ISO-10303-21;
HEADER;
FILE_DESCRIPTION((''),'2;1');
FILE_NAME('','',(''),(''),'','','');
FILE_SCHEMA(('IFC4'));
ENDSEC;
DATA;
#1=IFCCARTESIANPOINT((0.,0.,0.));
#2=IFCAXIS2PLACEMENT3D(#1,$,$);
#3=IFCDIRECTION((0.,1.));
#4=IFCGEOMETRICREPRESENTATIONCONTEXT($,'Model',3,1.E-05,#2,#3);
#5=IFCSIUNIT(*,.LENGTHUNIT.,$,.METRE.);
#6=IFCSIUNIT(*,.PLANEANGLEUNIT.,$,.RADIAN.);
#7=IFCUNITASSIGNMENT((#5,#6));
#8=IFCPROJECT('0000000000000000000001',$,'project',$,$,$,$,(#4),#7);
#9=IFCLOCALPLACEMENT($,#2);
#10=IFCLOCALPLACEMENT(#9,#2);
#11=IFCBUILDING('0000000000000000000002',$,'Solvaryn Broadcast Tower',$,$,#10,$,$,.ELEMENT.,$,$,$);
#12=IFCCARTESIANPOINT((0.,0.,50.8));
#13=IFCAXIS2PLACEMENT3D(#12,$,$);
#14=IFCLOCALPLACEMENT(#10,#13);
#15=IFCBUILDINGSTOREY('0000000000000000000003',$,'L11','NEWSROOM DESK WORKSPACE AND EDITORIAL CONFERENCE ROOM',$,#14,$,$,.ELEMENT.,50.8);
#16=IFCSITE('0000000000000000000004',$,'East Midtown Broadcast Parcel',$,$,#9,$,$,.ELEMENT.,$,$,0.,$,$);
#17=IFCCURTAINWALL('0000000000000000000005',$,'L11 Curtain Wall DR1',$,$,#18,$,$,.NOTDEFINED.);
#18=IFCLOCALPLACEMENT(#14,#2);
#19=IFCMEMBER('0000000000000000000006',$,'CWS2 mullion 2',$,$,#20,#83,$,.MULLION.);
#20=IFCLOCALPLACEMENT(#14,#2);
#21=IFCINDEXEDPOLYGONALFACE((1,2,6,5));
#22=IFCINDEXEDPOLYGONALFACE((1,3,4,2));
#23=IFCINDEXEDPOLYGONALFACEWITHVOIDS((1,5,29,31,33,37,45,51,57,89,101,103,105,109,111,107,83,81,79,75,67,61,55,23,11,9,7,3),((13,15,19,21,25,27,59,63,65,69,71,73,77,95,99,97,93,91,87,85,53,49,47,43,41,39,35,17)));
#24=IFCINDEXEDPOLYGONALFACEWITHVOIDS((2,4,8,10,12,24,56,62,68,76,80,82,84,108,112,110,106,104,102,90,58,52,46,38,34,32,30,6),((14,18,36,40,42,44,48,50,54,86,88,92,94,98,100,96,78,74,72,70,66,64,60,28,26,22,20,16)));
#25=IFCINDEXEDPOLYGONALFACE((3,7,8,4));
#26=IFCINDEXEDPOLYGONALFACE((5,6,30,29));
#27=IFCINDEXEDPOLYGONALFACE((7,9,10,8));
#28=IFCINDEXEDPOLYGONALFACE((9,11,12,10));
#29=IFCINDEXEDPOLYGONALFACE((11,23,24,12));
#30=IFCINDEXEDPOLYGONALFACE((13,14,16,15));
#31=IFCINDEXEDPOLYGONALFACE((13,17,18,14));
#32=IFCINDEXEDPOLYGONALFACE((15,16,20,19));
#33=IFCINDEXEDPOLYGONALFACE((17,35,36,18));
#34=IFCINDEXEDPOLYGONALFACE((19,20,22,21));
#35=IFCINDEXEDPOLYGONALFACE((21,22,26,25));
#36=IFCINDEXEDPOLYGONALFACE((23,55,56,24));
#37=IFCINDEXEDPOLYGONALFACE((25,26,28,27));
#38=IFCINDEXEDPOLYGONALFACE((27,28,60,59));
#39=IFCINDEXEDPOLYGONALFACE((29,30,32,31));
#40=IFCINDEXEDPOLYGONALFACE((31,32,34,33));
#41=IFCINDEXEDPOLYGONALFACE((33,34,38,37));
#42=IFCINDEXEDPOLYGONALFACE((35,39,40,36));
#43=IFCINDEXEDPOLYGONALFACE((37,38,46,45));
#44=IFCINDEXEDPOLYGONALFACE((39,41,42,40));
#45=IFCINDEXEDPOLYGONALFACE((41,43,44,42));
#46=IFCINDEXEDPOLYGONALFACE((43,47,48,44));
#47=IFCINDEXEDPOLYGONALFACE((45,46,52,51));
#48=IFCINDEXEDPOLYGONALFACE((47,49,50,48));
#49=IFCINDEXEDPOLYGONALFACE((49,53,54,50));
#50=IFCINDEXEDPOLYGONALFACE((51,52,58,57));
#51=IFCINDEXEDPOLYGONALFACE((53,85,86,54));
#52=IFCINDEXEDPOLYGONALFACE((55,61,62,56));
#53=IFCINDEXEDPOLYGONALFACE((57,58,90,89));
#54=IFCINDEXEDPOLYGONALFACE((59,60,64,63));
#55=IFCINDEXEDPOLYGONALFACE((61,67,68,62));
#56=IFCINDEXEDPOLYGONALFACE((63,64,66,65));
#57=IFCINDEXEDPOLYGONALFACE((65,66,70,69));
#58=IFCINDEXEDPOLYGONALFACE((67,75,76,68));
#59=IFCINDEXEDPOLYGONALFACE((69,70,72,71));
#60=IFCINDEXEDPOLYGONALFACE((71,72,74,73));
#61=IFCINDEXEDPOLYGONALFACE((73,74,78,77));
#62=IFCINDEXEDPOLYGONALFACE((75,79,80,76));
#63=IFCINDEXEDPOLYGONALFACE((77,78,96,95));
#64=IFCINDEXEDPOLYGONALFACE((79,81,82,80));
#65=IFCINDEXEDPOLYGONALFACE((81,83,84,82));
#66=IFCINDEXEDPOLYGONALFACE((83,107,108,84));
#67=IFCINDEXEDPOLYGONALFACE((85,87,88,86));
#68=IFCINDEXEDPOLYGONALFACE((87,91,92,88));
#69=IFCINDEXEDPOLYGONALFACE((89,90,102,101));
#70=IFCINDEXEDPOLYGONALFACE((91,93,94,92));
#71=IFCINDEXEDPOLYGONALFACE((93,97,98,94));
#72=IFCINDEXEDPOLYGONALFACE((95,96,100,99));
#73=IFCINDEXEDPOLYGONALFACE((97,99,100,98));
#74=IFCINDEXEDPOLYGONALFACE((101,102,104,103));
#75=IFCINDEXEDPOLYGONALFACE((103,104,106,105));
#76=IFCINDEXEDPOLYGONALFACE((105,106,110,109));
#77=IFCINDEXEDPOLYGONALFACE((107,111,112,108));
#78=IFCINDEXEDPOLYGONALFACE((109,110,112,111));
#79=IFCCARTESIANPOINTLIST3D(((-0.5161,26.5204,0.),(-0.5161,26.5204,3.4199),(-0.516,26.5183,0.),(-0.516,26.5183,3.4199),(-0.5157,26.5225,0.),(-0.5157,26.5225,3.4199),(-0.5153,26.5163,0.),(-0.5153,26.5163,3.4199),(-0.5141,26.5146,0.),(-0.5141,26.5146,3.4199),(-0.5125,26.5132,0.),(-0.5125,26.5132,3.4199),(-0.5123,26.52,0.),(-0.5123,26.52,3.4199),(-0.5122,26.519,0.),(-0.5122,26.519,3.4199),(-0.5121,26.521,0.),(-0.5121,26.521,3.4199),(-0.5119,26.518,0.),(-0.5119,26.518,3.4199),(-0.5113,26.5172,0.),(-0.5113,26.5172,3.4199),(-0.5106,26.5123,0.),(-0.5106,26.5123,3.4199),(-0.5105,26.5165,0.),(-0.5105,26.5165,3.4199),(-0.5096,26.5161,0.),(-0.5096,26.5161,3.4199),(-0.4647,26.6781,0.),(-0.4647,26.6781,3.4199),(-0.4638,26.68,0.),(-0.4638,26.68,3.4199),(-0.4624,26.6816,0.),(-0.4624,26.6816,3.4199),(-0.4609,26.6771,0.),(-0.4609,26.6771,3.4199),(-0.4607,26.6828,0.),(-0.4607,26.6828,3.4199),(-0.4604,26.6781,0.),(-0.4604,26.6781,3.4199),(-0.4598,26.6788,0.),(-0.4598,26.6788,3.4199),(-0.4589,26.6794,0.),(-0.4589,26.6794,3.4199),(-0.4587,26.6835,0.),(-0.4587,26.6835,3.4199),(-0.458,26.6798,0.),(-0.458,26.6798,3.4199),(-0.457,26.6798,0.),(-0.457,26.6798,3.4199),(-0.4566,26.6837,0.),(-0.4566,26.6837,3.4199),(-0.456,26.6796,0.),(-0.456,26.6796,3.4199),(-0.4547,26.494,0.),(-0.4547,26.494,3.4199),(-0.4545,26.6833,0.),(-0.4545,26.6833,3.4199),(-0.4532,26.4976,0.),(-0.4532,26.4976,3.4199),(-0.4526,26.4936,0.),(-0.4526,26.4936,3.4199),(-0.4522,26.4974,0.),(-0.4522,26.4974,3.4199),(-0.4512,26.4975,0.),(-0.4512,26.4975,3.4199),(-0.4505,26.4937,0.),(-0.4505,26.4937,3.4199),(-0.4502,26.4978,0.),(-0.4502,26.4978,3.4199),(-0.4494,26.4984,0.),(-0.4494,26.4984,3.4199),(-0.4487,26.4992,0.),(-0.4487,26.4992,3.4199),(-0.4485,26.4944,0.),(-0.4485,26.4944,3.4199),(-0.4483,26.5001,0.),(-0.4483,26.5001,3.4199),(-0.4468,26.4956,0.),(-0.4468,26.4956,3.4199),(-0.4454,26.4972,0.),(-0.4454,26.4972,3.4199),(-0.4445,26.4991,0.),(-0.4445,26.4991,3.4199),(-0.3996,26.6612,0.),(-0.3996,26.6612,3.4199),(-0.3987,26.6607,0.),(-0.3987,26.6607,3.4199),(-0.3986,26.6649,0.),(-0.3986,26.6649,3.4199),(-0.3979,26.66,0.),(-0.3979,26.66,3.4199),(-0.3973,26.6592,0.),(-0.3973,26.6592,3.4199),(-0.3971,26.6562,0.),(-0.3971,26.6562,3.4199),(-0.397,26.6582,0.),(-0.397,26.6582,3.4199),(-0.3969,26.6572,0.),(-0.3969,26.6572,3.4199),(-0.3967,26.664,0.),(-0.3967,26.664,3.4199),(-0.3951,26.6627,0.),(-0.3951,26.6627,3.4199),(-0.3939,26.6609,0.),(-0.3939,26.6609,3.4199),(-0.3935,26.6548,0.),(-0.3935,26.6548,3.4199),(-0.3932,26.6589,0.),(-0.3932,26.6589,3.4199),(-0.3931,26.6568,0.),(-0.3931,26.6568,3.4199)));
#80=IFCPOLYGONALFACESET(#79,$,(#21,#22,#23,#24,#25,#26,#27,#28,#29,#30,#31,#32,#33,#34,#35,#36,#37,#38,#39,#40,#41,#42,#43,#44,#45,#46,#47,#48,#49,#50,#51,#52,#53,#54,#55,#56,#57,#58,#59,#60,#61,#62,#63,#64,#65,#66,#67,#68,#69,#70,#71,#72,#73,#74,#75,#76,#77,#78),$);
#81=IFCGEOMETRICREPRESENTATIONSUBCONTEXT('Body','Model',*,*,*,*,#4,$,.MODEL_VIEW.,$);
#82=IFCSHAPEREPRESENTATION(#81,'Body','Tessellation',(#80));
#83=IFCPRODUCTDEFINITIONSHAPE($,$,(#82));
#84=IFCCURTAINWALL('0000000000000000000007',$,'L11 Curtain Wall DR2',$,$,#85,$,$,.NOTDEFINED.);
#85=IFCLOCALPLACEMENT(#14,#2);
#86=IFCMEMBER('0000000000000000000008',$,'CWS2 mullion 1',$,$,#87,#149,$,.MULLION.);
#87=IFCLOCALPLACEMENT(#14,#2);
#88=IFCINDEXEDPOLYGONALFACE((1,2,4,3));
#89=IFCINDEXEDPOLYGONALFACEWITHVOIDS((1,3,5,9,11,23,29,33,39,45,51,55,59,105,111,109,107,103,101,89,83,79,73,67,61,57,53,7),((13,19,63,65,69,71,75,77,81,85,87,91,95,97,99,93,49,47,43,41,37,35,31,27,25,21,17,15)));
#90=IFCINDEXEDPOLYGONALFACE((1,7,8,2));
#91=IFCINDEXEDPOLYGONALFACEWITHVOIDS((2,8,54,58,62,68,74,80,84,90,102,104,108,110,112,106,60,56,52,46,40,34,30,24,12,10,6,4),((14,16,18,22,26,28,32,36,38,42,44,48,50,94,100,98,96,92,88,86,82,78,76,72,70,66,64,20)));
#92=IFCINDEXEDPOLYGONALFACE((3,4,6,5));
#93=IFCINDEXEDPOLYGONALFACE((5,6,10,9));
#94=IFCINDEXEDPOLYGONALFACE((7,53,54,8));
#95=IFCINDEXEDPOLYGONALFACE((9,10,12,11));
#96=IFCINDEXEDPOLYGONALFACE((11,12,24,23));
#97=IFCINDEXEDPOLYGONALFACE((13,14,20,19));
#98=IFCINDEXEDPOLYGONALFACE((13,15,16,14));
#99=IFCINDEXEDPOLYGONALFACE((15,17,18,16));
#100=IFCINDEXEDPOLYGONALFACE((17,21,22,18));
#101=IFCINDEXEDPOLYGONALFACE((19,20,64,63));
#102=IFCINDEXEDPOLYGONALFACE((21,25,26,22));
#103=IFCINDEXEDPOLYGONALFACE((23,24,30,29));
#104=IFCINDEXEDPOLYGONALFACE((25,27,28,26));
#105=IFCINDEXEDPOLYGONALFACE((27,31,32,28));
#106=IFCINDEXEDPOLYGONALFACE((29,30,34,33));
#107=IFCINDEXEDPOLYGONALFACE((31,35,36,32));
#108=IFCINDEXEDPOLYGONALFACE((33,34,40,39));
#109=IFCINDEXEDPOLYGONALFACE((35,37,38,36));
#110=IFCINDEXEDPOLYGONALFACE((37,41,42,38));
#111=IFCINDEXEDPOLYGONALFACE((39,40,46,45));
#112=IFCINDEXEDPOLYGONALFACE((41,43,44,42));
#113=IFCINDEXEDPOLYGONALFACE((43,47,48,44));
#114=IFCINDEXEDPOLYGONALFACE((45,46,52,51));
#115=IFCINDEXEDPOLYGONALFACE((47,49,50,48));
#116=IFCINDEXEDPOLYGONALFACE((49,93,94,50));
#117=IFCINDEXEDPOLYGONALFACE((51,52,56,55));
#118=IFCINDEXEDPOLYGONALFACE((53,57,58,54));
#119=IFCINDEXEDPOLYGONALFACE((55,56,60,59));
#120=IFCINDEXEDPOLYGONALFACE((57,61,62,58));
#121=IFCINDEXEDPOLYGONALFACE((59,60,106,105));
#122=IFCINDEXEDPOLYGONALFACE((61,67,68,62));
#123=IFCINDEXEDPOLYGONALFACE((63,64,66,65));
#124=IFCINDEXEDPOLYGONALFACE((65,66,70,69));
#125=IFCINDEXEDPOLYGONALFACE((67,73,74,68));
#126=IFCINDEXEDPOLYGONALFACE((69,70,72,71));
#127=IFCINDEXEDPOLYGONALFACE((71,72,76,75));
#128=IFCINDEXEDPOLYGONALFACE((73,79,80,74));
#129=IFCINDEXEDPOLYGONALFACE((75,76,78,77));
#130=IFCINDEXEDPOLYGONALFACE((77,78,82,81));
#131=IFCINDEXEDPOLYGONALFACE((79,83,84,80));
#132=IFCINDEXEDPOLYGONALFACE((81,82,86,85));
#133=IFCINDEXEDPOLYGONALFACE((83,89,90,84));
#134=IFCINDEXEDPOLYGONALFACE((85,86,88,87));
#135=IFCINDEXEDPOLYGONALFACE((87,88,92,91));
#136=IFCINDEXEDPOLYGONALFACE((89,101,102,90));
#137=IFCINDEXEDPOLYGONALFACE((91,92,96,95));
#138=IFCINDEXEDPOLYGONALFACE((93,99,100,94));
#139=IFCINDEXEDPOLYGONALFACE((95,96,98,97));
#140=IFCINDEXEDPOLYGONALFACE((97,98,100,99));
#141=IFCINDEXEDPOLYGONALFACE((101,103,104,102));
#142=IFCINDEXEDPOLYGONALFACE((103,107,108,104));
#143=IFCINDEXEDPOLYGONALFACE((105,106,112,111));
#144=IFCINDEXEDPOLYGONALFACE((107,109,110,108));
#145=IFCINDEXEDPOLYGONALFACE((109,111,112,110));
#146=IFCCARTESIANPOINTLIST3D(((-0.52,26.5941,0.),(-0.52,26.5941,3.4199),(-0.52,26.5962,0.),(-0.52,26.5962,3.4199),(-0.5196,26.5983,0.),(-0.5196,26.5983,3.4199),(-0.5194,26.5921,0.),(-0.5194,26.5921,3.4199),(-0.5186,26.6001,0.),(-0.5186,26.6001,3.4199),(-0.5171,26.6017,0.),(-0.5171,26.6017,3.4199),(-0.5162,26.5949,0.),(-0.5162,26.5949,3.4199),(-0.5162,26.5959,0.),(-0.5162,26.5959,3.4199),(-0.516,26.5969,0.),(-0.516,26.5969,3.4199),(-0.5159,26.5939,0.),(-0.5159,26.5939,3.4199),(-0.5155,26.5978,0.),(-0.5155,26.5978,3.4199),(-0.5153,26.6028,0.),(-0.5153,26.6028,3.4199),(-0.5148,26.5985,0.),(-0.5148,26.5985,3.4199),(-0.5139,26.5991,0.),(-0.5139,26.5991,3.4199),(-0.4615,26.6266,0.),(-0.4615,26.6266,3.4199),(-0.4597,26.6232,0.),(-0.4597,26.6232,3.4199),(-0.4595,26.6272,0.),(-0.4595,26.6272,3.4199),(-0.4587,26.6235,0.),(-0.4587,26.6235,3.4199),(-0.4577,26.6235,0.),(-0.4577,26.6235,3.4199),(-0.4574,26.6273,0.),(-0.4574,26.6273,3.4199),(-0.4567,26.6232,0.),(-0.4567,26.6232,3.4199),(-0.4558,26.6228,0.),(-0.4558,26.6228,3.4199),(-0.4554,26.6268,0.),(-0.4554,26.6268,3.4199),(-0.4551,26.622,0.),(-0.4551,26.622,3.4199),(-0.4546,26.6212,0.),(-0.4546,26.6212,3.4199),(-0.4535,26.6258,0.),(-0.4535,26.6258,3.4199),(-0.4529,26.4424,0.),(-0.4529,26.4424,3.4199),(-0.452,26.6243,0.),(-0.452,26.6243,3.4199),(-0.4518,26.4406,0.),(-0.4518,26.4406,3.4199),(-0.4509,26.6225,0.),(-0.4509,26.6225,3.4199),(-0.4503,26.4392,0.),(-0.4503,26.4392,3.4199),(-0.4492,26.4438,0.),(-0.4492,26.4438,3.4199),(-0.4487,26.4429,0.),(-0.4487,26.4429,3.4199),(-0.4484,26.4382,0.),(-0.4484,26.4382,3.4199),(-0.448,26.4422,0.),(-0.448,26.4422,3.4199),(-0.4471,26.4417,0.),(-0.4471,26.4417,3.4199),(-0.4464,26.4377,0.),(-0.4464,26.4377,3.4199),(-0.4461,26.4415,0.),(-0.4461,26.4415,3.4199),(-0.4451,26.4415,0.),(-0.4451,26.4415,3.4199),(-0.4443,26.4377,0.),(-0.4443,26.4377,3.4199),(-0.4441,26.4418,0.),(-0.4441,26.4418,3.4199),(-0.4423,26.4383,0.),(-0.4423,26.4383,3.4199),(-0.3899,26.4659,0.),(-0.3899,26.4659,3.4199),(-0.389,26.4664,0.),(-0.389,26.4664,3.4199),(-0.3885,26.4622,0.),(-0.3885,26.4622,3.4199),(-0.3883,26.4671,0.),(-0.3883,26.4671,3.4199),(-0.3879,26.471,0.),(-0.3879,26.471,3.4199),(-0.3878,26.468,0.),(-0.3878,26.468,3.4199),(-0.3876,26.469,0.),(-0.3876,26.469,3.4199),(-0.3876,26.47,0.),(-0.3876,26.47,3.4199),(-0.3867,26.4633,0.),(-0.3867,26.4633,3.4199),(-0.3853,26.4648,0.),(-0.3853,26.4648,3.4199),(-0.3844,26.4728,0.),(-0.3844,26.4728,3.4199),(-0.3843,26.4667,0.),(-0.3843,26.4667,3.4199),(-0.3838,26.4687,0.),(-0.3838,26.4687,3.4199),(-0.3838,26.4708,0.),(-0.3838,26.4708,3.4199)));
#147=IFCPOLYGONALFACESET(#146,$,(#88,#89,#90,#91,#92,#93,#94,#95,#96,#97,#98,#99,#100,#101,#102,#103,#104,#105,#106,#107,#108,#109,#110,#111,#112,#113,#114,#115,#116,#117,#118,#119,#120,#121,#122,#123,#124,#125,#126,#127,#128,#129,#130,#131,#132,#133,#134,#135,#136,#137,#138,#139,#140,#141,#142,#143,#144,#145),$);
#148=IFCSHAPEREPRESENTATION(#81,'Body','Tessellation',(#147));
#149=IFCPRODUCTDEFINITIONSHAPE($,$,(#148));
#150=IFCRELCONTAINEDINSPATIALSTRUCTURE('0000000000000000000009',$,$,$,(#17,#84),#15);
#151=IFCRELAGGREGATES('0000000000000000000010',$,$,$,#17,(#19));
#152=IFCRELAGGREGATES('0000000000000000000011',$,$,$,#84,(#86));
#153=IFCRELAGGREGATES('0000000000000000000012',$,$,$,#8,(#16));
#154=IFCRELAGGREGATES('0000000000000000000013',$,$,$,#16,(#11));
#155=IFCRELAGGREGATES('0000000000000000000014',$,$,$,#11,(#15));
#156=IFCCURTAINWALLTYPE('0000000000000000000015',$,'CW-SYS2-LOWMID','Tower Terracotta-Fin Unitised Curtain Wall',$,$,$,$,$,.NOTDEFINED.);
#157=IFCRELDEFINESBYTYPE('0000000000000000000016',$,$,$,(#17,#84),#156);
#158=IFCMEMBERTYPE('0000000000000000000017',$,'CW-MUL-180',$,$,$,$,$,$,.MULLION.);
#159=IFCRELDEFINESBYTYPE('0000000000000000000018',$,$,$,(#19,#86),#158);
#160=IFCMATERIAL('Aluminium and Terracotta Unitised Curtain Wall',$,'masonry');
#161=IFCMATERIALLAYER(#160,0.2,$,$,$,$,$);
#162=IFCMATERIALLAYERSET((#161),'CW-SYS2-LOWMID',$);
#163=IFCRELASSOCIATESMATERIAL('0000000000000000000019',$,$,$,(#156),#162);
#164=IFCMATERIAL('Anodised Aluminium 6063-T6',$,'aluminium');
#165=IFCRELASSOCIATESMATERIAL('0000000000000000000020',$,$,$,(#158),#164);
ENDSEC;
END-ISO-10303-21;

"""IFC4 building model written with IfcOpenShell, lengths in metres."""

from ifc_helpers import new_model, si_unit, direction, frame, origin, origin_2d, place, context, subcontext, project, spatial, hollow_rectangle, extrude, material, layer, layer_set, material_profile, profile_set, type_object, element, aggregate, save


model = new_model("IFC4")

# Units and contexts
model_context = context("Model", 3, precision=1e-05, world=origin(), true_north=direction((0.0, 1.0)))
body_context = subcontext(model_context, "Body", "Model", "MODEL_VIEW")
ifc_project = project(units=[si_unit("LENGTHUNIT", "METRE"), si_unit("PLANEANGLEUNIT", "RADIAN")], contexts=[model_context])

# Site, building, storey
site_placement = place(None, origin())
site = spatial("IfcSite", under=ifc_project, at=site_placement, Name="East Midtown Broadcast Parcel", CompositionType="ELEMENT", RefElevation=0.0)
building_placement = place(site_placement, origin())
building = spatial("IfcBuilding", under=site, at=building_placement, Name="Solvaryn Broadcast Tower", CompositionType="ELEMENT")
storey_placement = place(building_placement, frame((0.0, 0.0, 50.8)))
storey = spatial("IfcBuildingStorey", under=building, at=storey_placement, Name="L11", Description="NEWSROOM DESK WORKSPACE AND EDITORIAL CONFERENCE ROOM", CompositionType="ELEMENT", Elevation=50.8)

# Curtain wall, member
ifc_material_1 = material(Name="Aluminium and Terracotta Unitised Curtain Wall", Category="masonry")
ifc_layer_1 = layer(ifc_material_1, 0.2)
ifc_layer_set_1 = layer_set([ifc_layer_1], Name="CW-SYS2-LOWMID")
curtain_wall_type = type_object("IfcCurtainWallType", Name="CW-SYS2-LOWMID", Description="Tower Terracotta-Fin Unitised Curtain Wall", PredefinedType="NOTDEFINED", material=ifc_layer_set_1)
curtain_wall_1_placement = place(storey_placement, origin())
curtain_wall_1 = element("IfcCurtainWall", 1, at=curtain_wall_1_placement, inside=storey, type_object=curtain_wall_type, Name="L11 Curtain Wall DR1", PredefinedType="NOTDEFINED")
ifc_material_2 = material(Name="Anodised Aluminium 6063-T6", Category="aluminium")
ifc_material_profile_1 = material_profile(ifc_material_2, hollow_rectangle(XDim=0.075, YDim=0.1799, WallThickness=0.0039, InnerFilletRadius=0.0039, OuterFilletRadius=0.0081, at=origin_2d()))
ifc_profile_set_1 = profile_set([ifc_material_profile_1], Name="Anodised Aluminium 6063-T6")
member_type_1 = type_object("IfcMemberType", Name="CW-MUL-180", PredefinedType="MULLION", material=ifc_profile_set_1)
member_1_placement = place(storey_placement, frame((-0.4546, 26.5886, 0.0), z_axis=(0.0, 0.0, 1.0), x_axis=(0.950215, -0.311594, 0.0)))
member_1 = element("IfcMember", 2, at=member_1_placement, type_object=member_type_1, Name="CWS2 mullion 2", PredefinedType="MULLION", context=body_context, shape_type="SweptSolid", body=[
    extrude(hollow_rectangle(XDim=0.075, YDim=0.1799, WallThickness=0.0039, InnerFilletRadius=0.0039, OuterFilletRadius=0.0081, at=origin_2d()), origin(), (0.0, 0.0, 1.0), 3.4199),
])
aggregate(curtain_wall_1, [member_1])

# Curtain wall, member
curtain_wall_2_placement = place(storey_placement, origin())
curtain_wall_2 = element("IfcCurtainWall", 3, at=curtain_wall_2_placement, inside=storey, type_object=curtain_wall_type, Name="L11 Curtain Wall DR2", PredefinedType="NOTDEFINED")
member_2_placement = place(storey_placement, frame((-0.4519, 26.5325, 0.0), z_axis=(0.0, 0.0, 1.0), x_axis=(0.913918, 0.405898, 0.0)))
member_2 = element("IfcMember", 4, at=member_2_placement, type_object=member_type_1, Name="CWS2 mullion 1", PredefinedType="MULLION", context=body_context, shape_type="SweptSolid", body=[
    extrude(hollow_rectangle(XDim=0.075, YDim=0.1799, WallThickness=0.0039, InnerFilletRadius=0.0039, OuterFilletRadius=0.0081, at=origin_2d()), origin(), (0.0, 0.0, 1.0), 3.4199),
])
aggregate(curtain_wall_2, [member_2])

save(model, "model.ifc")
